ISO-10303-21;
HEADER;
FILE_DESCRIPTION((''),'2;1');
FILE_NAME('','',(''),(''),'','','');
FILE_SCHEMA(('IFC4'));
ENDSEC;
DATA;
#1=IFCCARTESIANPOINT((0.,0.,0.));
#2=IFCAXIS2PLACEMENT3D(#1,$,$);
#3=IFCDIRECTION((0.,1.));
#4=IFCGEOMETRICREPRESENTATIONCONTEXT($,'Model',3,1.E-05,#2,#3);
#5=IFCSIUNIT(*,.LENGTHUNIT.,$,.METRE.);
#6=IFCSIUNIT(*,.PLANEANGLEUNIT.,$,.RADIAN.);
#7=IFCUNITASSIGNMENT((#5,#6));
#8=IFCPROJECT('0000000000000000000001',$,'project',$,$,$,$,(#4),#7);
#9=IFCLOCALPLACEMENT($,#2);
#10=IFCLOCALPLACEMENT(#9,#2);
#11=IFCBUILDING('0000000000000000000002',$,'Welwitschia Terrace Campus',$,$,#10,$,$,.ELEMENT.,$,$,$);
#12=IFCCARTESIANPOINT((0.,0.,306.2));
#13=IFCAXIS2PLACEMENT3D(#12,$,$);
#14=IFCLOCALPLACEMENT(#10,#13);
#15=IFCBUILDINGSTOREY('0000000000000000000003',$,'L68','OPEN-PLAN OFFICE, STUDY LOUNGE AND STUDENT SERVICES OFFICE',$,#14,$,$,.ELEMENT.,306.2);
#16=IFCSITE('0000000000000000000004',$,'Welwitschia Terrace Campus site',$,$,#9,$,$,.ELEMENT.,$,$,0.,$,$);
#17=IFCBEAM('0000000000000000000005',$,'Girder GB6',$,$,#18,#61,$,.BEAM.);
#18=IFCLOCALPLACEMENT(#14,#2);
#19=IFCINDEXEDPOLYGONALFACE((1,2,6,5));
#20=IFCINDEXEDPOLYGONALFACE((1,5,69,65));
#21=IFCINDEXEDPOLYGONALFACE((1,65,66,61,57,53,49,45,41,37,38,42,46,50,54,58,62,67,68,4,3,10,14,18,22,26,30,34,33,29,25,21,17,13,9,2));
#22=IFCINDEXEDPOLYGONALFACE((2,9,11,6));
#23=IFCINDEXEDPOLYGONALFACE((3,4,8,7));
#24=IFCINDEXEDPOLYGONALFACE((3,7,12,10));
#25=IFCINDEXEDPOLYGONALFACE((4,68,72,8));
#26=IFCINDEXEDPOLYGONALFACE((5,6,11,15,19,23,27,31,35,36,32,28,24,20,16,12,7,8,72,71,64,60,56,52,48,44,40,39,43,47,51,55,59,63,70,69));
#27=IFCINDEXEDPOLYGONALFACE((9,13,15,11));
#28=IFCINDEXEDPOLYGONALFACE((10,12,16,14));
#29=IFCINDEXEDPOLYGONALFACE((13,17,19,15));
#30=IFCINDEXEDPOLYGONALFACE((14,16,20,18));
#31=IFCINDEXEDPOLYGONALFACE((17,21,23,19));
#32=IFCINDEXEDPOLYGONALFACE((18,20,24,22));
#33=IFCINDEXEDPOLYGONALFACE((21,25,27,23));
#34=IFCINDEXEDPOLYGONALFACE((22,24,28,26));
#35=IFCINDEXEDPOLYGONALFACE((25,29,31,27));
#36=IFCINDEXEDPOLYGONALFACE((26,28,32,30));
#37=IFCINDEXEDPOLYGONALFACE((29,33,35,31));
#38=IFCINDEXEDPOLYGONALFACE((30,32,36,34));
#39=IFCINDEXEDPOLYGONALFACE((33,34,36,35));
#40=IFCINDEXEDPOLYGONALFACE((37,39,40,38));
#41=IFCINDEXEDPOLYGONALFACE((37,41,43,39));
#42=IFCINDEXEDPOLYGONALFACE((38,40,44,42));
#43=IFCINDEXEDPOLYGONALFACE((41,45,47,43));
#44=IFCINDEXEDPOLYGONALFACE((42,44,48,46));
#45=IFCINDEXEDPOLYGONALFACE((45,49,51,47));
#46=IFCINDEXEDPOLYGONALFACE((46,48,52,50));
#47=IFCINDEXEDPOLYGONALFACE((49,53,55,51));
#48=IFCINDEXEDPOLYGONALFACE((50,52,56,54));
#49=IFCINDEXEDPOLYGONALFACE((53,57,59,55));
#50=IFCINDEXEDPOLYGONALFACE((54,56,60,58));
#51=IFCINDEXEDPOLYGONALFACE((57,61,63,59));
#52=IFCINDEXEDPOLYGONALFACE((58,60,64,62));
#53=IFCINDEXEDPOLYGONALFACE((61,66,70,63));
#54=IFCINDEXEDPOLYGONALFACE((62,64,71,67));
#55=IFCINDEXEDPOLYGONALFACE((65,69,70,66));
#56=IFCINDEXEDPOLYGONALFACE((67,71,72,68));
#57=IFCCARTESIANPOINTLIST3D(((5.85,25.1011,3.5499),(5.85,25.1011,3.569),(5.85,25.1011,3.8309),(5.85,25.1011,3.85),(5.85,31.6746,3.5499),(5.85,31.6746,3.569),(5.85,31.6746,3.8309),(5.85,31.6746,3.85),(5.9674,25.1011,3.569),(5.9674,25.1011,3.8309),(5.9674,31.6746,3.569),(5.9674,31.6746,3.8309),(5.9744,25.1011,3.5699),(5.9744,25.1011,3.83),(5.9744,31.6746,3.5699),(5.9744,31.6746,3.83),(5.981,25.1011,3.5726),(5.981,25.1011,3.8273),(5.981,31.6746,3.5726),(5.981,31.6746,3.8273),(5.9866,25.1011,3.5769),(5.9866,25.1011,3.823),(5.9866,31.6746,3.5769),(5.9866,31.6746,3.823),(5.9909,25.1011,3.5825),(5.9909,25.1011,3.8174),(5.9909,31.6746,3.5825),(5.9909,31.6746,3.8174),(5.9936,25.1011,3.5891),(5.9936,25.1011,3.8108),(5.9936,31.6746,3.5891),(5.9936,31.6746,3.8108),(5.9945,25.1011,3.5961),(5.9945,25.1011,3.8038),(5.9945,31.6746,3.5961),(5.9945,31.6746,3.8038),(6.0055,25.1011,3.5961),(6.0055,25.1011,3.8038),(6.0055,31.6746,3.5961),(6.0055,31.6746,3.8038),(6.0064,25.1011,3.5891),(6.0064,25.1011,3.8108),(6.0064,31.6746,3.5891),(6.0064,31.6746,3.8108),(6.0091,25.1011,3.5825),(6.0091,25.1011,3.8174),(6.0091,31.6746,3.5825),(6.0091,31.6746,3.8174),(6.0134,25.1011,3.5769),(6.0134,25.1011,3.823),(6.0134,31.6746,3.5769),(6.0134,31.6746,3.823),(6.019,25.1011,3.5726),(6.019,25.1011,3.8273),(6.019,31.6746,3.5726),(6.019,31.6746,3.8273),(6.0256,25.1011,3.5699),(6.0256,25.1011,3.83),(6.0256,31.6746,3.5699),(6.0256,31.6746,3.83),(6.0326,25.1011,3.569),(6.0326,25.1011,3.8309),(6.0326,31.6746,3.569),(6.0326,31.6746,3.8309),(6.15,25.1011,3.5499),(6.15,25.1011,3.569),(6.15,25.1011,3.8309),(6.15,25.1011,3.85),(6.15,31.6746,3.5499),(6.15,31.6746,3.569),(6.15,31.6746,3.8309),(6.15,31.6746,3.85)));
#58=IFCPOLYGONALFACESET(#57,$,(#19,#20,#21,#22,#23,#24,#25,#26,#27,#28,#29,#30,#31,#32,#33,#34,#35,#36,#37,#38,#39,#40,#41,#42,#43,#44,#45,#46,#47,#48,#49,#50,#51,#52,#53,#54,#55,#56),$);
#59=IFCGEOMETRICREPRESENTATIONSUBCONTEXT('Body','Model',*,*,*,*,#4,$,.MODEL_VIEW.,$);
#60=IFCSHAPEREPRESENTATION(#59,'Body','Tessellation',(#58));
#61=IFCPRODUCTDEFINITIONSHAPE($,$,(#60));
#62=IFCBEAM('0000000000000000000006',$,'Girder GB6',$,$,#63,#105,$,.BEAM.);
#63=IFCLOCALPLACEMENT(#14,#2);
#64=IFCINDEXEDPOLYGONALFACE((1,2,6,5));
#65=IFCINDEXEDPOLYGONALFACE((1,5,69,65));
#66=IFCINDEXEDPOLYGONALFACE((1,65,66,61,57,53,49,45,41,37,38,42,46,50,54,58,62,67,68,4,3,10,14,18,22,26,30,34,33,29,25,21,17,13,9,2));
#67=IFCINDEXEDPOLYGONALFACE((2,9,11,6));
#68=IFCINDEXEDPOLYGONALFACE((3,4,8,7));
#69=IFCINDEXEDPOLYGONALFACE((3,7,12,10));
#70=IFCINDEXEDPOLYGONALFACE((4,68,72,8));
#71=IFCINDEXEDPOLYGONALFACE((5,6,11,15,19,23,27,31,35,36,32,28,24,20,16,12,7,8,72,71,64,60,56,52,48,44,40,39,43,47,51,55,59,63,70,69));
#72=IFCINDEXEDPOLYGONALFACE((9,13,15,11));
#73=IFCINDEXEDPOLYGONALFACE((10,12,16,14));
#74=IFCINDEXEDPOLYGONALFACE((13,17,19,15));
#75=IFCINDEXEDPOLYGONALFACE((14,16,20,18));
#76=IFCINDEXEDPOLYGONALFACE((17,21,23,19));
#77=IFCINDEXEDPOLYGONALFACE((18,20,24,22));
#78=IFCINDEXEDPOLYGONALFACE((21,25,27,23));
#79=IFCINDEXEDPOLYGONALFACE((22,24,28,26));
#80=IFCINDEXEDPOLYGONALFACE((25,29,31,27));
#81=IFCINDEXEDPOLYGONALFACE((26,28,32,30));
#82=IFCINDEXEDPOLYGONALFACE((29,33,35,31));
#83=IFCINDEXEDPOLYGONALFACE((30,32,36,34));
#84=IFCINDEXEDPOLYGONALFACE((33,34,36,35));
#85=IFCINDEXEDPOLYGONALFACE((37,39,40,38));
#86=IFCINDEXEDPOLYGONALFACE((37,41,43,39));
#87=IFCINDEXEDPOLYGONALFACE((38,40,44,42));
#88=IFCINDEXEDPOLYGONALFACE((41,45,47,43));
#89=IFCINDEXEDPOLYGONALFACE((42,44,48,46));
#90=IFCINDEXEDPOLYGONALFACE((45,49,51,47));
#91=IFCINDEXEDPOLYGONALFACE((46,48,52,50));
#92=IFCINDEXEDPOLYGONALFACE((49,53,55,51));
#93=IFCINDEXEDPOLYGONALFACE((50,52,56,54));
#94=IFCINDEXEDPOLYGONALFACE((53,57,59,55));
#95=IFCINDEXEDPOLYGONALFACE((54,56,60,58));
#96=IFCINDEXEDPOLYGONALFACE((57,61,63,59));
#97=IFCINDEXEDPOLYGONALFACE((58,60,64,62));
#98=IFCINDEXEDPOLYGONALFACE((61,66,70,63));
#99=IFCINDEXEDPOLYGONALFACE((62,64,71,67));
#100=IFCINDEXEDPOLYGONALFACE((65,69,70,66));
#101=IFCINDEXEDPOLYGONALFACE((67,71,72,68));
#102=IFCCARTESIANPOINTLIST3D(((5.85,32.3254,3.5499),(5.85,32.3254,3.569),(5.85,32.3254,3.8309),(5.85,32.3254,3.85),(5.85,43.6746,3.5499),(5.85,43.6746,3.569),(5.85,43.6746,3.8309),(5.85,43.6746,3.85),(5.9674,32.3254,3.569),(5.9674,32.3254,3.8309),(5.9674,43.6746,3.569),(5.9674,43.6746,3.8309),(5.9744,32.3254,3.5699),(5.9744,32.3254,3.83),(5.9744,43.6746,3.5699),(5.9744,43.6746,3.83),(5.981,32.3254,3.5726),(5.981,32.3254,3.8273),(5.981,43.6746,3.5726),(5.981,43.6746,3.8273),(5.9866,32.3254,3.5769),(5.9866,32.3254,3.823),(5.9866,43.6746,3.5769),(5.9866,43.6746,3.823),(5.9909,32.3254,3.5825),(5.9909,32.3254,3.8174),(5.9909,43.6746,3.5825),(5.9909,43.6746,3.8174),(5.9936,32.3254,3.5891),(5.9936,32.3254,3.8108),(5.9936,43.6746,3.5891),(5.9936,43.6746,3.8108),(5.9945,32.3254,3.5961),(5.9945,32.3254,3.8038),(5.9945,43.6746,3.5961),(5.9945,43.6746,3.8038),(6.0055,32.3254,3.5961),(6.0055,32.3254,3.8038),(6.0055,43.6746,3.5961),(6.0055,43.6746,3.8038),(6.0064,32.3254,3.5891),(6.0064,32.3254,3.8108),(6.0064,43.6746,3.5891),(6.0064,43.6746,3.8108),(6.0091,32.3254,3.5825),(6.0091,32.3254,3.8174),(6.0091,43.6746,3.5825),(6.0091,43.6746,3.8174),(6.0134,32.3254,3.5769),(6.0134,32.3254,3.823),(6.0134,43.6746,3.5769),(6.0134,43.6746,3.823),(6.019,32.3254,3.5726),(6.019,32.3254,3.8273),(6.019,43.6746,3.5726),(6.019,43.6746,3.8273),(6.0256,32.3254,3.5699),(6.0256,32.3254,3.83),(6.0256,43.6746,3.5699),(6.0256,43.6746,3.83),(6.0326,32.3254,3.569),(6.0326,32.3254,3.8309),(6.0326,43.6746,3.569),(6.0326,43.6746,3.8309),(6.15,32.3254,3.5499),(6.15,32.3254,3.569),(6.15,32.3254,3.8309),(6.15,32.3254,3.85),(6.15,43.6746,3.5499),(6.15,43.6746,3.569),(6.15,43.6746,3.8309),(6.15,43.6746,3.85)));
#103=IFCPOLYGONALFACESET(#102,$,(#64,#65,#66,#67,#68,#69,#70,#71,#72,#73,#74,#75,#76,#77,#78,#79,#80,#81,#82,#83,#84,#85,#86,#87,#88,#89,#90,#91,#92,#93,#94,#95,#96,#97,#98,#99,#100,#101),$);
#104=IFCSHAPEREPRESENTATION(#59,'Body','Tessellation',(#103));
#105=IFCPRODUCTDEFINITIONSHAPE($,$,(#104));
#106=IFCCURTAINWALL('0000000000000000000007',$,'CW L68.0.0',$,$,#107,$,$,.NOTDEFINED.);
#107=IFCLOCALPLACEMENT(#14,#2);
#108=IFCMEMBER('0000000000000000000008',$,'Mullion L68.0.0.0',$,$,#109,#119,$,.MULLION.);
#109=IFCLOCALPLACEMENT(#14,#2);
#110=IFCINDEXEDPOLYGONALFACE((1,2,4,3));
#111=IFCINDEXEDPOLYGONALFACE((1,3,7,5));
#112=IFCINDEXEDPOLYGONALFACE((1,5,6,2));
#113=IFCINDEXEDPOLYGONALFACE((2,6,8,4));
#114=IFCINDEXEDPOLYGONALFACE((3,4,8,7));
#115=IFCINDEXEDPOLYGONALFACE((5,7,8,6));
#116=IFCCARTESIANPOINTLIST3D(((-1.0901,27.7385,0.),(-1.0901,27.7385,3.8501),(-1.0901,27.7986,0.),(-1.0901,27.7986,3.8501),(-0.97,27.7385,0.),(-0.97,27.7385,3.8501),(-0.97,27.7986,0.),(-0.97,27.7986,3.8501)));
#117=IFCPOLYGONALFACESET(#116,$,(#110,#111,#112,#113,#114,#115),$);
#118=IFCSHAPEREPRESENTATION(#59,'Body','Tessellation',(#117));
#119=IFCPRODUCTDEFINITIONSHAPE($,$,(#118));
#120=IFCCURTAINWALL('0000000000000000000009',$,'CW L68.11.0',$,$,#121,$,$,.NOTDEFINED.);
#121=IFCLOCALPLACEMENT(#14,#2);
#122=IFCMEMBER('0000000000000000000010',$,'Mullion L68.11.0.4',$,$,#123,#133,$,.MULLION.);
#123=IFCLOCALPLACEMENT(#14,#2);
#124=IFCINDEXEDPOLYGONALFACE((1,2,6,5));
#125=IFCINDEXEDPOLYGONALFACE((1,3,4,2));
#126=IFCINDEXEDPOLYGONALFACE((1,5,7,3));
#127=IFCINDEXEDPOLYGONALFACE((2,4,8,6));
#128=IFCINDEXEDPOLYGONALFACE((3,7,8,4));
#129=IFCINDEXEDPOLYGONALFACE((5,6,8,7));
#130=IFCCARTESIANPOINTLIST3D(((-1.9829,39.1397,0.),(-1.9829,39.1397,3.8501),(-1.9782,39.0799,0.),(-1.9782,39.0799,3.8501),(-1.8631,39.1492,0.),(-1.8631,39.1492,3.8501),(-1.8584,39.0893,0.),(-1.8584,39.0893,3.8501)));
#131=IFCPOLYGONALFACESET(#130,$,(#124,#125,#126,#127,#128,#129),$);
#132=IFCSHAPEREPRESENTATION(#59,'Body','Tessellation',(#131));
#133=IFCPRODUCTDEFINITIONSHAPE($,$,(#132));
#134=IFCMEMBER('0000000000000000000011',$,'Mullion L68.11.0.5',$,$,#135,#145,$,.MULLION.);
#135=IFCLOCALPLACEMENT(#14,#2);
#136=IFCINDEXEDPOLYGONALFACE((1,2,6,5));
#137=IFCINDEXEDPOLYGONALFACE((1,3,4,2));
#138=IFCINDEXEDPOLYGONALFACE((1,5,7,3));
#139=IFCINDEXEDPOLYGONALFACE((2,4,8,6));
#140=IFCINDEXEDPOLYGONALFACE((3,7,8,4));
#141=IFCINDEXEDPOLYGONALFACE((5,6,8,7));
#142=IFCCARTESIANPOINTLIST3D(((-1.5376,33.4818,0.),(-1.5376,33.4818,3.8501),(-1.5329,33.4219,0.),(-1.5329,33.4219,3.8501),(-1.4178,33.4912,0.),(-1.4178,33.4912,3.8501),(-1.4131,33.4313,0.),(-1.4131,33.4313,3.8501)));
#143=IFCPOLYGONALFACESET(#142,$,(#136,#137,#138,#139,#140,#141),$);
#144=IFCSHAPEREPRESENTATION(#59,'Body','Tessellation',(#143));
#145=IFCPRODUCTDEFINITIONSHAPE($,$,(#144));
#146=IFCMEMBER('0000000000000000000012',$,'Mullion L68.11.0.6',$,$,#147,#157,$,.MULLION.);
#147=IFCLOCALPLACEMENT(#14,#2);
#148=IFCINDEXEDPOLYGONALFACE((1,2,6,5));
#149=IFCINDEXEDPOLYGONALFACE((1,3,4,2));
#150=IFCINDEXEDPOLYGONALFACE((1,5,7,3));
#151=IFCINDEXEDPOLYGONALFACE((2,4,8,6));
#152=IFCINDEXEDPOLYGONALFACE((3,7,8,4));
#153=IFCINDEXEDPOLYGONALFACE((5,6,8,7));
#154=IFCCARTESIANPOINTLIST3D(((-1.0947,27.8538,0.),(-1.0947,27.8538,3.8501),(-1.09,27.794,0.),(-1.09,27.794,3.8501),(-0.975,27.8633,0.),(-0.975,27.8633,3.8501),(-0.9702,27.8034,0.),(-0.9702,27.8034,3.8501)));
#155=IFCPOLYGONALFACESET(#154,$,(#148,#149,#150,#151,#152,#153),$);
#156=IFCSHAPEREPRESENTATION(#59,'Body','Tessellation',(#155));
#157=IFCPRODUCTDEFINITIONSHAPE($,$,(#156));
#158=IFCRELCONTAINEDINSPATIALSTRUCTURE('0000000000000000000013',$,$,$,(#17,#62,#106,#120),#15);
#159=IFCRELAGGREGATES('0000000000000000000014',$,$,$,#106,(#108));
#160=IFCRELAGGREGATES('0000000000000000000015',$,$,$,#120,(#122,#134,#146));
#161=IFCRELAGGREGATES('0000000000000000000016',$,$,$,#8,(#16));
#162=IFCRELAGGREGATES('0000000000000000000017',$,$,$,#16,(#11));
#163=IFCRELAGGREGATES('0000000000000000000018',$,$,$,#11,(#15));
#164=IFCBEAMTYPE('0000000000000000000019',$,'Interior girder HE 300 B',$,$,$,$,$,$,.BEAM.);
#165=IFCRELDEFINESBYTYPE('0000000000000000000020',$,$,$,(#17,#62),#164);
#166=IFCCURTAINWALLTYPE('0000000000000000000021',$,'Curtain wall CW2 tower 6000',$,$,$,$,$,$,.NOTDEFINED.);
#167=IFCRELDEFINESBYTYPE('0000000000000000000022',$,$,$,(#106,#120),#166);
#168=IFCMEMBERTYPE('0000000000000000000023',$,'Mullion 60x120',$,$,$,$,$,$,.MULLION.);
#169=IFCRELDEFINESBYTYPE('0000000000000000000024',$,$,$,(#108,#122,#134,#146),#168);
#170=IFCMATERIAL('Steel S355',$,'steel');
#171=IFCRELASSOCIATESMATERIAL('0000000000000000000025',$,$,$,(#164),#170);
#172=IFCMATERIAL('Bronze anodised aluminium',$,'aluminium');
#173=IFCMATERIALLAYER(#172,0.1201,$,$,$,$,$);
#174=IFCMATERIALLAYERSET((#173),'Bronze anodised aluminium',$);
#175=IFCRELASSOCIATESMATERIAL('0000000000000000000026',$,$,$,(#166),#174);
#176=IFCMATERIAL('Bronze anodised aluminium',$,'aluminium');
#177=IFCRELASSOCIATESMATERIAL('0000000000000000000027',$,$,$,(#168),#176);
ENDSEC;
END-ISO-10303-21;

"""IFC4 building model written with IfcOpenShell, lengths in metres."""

from ifc_helpers import new_model, si_unit, direction, frame, origin, origin_2d, place, context, subcontext, project, spatial, rectangle, i_section, extrude, material, layer, layer_set, material_profile, profile_set, type_object, element, aggregate, save


model = new_model("IFC4")

# Units and contexts
model_context = context("Model", 3, precision=1e-05, world=origin(), true_north=direction((0.0, 1.0)))
body_context = subcontext(model_context, "Body", "Model", "MODEL_VIEW")
ifc_project = project(units=[si_unit("LENGTHUNIT", "METRE"), si_unit("PLANEANGLEUNIT", "RADIAN")], contexts=[model_context])

# Site, building, storey
site_placement = place(None, origin())
site = spatial("IfcSite", under=ifc_project, at=site_placement, Name="Welwitschia Terrace Campus site", CompositionType="ELEMENT", RefElevation=0.0)
building_placement = place(site_placement, origin())
building = spatial("IfcBuilding", under=site, at=building_placement, Name="Welwitschia Terrace Campus", CompositionType="ELEMENT")
storey_placement = place(building_placement, frame((0.0, 0.0, 306.2)))
storey = spatial("IfcBuildingStorey", under=building, at=storey_placement, Name="L68", Description="OPEN-PLAN OFFICE, STUDY LOUNGE AND STUDENT SERVICES OFFICE", CompositionType="ELEMENT", Elevation=306.2)

# Beams
ifc_material_1 = material(Name="Steel S355", Category="steel")
ifc_material_profile_1 = material_profile(ifc_material_1, i_section(OverallWidth=0.3, OverallDepth=0.3, WebThickness=0.011, FlangeThickness=0.019, FilletRadius=0.0271, at=origin_2d()))
ifc_profile_set_1 = profile_set([ifc_material_profile_1], Name="Steel S355")
beam_type_1 = type_object("IfcBeamType", Name="Interior girder HE 300 B", PredefinedType="BEAM", material=ifc_profile_set_1)
beam_1_placement = place(storey_placement, frame((6.0, 25.1011, 3.7), z_axis=(0.0, 1.0, 0.0), x_axis=(-1.0, 0.0, 0.0)))
element("IfcBeam", 1, at=beam_1_placement, inside=storey, type_object=beam_type_1, Name="Girder GB6", PredefinedType="BEAM", context=body_context, shape_type="SweptSolid", body=[
    extrude(i_section(OverallWidth=0.3, OverallDepth=0.3, WebThickness=0.011, FlangeThickness=0.019, FilletRadius=0.0271, at=origin_2d()), origin(), (0.0, 0.0, 1.0), 6.5735),
])
beam_2_placement = place(storey_placement, frame((6.0, 32.3254, 3.7), z_axis=(0.0, 1.0, 0.0), x_axis=(-1.0, 0.0, 0.0)))
element("IfcBeam", 2, at=beam_2_placement, inside=storey, type_object=beam_type_1, Name="Girder GB6", PredefinedType="BEAM", context=body_context, shape_type="SweptSolid", body=[
    extrude(i_section(OverallWidth=0.3, OverallDepth=0.3, WebThickness=0.011, FlangeThickness=0.019, FilletRadius=0.0271, at=origin_2d()), origin(), (0.0, 0.0, 1.0), 11.3491),
])

# Curtain wall, member
ifc_material_2 = material(Name="Bronze anodised aluminium", Category="aluminium")
ifc_layer_1 = layer(ifc_material_2, 0.1201)
ifc_layer_set_1 = layer_set([ifc_layer_1], Name="Bronze anodised aluminium")
curtain_wall_type = type_object("IfcCurtainWallType", Name="Curtain wall CW2 tower 6000", PredefinedType="NOTDEFINED", material=ifc_layer_set_1)
curtain_wall_1_placement = place(storey_placement, origin())
curtain_wall_1 = element("IfcCurtainWall", 3, at=curtain_wall_1_placement, inside=storey, type_object=curtain_wall_type, Name="CW L68.0.0", PredefinedType="NOTDEFINED")
ifc_material_3 = material(Name="Bronze anodised aluminium", Category="aluminium")
ifc_material_profile_2 = material_profile(ifc_material_3, rectangle(XDim=0.1201, YDim=0.0601, at=origin_2d()))
ifc_profile_set_2 = profile_set([ifc_material_profile_2], Name="Bronze anodised aluminium")
member_type_1 = type_object("IfcMemberType", Name="Mullion 60x120", PredefinedType="MULLION", material=ifc_profile_set_2)
member_1_placement = place(storey_placement, frame((-1.03, 27.7686, 0.0), z_axis=(0.0, 0.0, 1.0), x_axis=(1.0, 0.0, 0.0)))
member_1 = element("IfcMember", 4, at=member_1_placement, type_object=member_type_1, Name="Mullion L68.0.0.0", PredefinedType="MULLION", context=body_context, shape_type="SweptSolid", body=[
    extrude(rectangle(XDim=0.1201, YDim=0.0601, at=origin_2d()), origin(), (0.0, 0.0, 1.0), 3.8501),
])

# Curtain wall, members
curtain_wall_2_placement = place(storey_placement, origin())
curtain_wall_2 = element("IfcCurtainWall", 5, at=curtain_wall_2_placement, inside=storey, type_object=curtain_wall_type, Name="CW L68.11.0", PredefinedType="NOTDEFINED")
member_2_placement = place(storey_placement, frame((-1.9207, 39.1145, 0.0), z_axis=(0.0, 0.0, 1.0), x_axis=(0.996917, 0.078459, 0.0)))
member_2 = element("IfcMember", 6, at=member_2_placement, type_object=member_type_1, Name="Mullion L68.11.0.4", PredefinedType="MULLION", context=body_context, shape_type="SweptSolid", body=[
    extrude(rectangle(XDim=0.1201, YDim=0.0601, at=origin_2d()), origin(), (0.0, 0.0, 1.0), 3.8501),
])
member_3_placement = place(storey_placement, frame((-1.4753, 33.4565, 0.0), z_axis=(0.0, 0.0, 1.0), x_axis=(0.996917, 0.078459, 0.0)))
member_3 = element("IfcMember", 7, at=member_3_placement, type_object=member_type_1, Name="Mullion L68.11.0.5", PredefinedType="MULLION", context=body_context, shape_type="SweptSolid", body=[
    extrude(rectangle(XDim=0.1201, YDim=0.0601, at=origin_2d()), origin(), (0.0, 0.0, 1.0), 3.8501),
])
member_4_placement = place(storey_placement, frame((-1.0325, 27.8286, 0.0), z_axis=(0.0, 0.0, 1.0), x_axis=(0.996917, 0.078459, 0.0)))
member_4 = element("IfcMember", 8, at=member_4_placement, type_object=member_type_1, Name="Mullion L68.11.0.6", PredefinedType="MULLION", context=body_context, shape_type="SweptSolid", body=[
    extrude(rectangle(XDim=0.1201, YDim=0.0601, at=origin_2d()), origin(), (0.0, 0.0, 1.0), 3.8501),
])

aggregate(curtain_wall_1, [member_1])
aggregate(curtain_wall_2, [member_2, member_3, member_4])

save(model, "model.ifc")
